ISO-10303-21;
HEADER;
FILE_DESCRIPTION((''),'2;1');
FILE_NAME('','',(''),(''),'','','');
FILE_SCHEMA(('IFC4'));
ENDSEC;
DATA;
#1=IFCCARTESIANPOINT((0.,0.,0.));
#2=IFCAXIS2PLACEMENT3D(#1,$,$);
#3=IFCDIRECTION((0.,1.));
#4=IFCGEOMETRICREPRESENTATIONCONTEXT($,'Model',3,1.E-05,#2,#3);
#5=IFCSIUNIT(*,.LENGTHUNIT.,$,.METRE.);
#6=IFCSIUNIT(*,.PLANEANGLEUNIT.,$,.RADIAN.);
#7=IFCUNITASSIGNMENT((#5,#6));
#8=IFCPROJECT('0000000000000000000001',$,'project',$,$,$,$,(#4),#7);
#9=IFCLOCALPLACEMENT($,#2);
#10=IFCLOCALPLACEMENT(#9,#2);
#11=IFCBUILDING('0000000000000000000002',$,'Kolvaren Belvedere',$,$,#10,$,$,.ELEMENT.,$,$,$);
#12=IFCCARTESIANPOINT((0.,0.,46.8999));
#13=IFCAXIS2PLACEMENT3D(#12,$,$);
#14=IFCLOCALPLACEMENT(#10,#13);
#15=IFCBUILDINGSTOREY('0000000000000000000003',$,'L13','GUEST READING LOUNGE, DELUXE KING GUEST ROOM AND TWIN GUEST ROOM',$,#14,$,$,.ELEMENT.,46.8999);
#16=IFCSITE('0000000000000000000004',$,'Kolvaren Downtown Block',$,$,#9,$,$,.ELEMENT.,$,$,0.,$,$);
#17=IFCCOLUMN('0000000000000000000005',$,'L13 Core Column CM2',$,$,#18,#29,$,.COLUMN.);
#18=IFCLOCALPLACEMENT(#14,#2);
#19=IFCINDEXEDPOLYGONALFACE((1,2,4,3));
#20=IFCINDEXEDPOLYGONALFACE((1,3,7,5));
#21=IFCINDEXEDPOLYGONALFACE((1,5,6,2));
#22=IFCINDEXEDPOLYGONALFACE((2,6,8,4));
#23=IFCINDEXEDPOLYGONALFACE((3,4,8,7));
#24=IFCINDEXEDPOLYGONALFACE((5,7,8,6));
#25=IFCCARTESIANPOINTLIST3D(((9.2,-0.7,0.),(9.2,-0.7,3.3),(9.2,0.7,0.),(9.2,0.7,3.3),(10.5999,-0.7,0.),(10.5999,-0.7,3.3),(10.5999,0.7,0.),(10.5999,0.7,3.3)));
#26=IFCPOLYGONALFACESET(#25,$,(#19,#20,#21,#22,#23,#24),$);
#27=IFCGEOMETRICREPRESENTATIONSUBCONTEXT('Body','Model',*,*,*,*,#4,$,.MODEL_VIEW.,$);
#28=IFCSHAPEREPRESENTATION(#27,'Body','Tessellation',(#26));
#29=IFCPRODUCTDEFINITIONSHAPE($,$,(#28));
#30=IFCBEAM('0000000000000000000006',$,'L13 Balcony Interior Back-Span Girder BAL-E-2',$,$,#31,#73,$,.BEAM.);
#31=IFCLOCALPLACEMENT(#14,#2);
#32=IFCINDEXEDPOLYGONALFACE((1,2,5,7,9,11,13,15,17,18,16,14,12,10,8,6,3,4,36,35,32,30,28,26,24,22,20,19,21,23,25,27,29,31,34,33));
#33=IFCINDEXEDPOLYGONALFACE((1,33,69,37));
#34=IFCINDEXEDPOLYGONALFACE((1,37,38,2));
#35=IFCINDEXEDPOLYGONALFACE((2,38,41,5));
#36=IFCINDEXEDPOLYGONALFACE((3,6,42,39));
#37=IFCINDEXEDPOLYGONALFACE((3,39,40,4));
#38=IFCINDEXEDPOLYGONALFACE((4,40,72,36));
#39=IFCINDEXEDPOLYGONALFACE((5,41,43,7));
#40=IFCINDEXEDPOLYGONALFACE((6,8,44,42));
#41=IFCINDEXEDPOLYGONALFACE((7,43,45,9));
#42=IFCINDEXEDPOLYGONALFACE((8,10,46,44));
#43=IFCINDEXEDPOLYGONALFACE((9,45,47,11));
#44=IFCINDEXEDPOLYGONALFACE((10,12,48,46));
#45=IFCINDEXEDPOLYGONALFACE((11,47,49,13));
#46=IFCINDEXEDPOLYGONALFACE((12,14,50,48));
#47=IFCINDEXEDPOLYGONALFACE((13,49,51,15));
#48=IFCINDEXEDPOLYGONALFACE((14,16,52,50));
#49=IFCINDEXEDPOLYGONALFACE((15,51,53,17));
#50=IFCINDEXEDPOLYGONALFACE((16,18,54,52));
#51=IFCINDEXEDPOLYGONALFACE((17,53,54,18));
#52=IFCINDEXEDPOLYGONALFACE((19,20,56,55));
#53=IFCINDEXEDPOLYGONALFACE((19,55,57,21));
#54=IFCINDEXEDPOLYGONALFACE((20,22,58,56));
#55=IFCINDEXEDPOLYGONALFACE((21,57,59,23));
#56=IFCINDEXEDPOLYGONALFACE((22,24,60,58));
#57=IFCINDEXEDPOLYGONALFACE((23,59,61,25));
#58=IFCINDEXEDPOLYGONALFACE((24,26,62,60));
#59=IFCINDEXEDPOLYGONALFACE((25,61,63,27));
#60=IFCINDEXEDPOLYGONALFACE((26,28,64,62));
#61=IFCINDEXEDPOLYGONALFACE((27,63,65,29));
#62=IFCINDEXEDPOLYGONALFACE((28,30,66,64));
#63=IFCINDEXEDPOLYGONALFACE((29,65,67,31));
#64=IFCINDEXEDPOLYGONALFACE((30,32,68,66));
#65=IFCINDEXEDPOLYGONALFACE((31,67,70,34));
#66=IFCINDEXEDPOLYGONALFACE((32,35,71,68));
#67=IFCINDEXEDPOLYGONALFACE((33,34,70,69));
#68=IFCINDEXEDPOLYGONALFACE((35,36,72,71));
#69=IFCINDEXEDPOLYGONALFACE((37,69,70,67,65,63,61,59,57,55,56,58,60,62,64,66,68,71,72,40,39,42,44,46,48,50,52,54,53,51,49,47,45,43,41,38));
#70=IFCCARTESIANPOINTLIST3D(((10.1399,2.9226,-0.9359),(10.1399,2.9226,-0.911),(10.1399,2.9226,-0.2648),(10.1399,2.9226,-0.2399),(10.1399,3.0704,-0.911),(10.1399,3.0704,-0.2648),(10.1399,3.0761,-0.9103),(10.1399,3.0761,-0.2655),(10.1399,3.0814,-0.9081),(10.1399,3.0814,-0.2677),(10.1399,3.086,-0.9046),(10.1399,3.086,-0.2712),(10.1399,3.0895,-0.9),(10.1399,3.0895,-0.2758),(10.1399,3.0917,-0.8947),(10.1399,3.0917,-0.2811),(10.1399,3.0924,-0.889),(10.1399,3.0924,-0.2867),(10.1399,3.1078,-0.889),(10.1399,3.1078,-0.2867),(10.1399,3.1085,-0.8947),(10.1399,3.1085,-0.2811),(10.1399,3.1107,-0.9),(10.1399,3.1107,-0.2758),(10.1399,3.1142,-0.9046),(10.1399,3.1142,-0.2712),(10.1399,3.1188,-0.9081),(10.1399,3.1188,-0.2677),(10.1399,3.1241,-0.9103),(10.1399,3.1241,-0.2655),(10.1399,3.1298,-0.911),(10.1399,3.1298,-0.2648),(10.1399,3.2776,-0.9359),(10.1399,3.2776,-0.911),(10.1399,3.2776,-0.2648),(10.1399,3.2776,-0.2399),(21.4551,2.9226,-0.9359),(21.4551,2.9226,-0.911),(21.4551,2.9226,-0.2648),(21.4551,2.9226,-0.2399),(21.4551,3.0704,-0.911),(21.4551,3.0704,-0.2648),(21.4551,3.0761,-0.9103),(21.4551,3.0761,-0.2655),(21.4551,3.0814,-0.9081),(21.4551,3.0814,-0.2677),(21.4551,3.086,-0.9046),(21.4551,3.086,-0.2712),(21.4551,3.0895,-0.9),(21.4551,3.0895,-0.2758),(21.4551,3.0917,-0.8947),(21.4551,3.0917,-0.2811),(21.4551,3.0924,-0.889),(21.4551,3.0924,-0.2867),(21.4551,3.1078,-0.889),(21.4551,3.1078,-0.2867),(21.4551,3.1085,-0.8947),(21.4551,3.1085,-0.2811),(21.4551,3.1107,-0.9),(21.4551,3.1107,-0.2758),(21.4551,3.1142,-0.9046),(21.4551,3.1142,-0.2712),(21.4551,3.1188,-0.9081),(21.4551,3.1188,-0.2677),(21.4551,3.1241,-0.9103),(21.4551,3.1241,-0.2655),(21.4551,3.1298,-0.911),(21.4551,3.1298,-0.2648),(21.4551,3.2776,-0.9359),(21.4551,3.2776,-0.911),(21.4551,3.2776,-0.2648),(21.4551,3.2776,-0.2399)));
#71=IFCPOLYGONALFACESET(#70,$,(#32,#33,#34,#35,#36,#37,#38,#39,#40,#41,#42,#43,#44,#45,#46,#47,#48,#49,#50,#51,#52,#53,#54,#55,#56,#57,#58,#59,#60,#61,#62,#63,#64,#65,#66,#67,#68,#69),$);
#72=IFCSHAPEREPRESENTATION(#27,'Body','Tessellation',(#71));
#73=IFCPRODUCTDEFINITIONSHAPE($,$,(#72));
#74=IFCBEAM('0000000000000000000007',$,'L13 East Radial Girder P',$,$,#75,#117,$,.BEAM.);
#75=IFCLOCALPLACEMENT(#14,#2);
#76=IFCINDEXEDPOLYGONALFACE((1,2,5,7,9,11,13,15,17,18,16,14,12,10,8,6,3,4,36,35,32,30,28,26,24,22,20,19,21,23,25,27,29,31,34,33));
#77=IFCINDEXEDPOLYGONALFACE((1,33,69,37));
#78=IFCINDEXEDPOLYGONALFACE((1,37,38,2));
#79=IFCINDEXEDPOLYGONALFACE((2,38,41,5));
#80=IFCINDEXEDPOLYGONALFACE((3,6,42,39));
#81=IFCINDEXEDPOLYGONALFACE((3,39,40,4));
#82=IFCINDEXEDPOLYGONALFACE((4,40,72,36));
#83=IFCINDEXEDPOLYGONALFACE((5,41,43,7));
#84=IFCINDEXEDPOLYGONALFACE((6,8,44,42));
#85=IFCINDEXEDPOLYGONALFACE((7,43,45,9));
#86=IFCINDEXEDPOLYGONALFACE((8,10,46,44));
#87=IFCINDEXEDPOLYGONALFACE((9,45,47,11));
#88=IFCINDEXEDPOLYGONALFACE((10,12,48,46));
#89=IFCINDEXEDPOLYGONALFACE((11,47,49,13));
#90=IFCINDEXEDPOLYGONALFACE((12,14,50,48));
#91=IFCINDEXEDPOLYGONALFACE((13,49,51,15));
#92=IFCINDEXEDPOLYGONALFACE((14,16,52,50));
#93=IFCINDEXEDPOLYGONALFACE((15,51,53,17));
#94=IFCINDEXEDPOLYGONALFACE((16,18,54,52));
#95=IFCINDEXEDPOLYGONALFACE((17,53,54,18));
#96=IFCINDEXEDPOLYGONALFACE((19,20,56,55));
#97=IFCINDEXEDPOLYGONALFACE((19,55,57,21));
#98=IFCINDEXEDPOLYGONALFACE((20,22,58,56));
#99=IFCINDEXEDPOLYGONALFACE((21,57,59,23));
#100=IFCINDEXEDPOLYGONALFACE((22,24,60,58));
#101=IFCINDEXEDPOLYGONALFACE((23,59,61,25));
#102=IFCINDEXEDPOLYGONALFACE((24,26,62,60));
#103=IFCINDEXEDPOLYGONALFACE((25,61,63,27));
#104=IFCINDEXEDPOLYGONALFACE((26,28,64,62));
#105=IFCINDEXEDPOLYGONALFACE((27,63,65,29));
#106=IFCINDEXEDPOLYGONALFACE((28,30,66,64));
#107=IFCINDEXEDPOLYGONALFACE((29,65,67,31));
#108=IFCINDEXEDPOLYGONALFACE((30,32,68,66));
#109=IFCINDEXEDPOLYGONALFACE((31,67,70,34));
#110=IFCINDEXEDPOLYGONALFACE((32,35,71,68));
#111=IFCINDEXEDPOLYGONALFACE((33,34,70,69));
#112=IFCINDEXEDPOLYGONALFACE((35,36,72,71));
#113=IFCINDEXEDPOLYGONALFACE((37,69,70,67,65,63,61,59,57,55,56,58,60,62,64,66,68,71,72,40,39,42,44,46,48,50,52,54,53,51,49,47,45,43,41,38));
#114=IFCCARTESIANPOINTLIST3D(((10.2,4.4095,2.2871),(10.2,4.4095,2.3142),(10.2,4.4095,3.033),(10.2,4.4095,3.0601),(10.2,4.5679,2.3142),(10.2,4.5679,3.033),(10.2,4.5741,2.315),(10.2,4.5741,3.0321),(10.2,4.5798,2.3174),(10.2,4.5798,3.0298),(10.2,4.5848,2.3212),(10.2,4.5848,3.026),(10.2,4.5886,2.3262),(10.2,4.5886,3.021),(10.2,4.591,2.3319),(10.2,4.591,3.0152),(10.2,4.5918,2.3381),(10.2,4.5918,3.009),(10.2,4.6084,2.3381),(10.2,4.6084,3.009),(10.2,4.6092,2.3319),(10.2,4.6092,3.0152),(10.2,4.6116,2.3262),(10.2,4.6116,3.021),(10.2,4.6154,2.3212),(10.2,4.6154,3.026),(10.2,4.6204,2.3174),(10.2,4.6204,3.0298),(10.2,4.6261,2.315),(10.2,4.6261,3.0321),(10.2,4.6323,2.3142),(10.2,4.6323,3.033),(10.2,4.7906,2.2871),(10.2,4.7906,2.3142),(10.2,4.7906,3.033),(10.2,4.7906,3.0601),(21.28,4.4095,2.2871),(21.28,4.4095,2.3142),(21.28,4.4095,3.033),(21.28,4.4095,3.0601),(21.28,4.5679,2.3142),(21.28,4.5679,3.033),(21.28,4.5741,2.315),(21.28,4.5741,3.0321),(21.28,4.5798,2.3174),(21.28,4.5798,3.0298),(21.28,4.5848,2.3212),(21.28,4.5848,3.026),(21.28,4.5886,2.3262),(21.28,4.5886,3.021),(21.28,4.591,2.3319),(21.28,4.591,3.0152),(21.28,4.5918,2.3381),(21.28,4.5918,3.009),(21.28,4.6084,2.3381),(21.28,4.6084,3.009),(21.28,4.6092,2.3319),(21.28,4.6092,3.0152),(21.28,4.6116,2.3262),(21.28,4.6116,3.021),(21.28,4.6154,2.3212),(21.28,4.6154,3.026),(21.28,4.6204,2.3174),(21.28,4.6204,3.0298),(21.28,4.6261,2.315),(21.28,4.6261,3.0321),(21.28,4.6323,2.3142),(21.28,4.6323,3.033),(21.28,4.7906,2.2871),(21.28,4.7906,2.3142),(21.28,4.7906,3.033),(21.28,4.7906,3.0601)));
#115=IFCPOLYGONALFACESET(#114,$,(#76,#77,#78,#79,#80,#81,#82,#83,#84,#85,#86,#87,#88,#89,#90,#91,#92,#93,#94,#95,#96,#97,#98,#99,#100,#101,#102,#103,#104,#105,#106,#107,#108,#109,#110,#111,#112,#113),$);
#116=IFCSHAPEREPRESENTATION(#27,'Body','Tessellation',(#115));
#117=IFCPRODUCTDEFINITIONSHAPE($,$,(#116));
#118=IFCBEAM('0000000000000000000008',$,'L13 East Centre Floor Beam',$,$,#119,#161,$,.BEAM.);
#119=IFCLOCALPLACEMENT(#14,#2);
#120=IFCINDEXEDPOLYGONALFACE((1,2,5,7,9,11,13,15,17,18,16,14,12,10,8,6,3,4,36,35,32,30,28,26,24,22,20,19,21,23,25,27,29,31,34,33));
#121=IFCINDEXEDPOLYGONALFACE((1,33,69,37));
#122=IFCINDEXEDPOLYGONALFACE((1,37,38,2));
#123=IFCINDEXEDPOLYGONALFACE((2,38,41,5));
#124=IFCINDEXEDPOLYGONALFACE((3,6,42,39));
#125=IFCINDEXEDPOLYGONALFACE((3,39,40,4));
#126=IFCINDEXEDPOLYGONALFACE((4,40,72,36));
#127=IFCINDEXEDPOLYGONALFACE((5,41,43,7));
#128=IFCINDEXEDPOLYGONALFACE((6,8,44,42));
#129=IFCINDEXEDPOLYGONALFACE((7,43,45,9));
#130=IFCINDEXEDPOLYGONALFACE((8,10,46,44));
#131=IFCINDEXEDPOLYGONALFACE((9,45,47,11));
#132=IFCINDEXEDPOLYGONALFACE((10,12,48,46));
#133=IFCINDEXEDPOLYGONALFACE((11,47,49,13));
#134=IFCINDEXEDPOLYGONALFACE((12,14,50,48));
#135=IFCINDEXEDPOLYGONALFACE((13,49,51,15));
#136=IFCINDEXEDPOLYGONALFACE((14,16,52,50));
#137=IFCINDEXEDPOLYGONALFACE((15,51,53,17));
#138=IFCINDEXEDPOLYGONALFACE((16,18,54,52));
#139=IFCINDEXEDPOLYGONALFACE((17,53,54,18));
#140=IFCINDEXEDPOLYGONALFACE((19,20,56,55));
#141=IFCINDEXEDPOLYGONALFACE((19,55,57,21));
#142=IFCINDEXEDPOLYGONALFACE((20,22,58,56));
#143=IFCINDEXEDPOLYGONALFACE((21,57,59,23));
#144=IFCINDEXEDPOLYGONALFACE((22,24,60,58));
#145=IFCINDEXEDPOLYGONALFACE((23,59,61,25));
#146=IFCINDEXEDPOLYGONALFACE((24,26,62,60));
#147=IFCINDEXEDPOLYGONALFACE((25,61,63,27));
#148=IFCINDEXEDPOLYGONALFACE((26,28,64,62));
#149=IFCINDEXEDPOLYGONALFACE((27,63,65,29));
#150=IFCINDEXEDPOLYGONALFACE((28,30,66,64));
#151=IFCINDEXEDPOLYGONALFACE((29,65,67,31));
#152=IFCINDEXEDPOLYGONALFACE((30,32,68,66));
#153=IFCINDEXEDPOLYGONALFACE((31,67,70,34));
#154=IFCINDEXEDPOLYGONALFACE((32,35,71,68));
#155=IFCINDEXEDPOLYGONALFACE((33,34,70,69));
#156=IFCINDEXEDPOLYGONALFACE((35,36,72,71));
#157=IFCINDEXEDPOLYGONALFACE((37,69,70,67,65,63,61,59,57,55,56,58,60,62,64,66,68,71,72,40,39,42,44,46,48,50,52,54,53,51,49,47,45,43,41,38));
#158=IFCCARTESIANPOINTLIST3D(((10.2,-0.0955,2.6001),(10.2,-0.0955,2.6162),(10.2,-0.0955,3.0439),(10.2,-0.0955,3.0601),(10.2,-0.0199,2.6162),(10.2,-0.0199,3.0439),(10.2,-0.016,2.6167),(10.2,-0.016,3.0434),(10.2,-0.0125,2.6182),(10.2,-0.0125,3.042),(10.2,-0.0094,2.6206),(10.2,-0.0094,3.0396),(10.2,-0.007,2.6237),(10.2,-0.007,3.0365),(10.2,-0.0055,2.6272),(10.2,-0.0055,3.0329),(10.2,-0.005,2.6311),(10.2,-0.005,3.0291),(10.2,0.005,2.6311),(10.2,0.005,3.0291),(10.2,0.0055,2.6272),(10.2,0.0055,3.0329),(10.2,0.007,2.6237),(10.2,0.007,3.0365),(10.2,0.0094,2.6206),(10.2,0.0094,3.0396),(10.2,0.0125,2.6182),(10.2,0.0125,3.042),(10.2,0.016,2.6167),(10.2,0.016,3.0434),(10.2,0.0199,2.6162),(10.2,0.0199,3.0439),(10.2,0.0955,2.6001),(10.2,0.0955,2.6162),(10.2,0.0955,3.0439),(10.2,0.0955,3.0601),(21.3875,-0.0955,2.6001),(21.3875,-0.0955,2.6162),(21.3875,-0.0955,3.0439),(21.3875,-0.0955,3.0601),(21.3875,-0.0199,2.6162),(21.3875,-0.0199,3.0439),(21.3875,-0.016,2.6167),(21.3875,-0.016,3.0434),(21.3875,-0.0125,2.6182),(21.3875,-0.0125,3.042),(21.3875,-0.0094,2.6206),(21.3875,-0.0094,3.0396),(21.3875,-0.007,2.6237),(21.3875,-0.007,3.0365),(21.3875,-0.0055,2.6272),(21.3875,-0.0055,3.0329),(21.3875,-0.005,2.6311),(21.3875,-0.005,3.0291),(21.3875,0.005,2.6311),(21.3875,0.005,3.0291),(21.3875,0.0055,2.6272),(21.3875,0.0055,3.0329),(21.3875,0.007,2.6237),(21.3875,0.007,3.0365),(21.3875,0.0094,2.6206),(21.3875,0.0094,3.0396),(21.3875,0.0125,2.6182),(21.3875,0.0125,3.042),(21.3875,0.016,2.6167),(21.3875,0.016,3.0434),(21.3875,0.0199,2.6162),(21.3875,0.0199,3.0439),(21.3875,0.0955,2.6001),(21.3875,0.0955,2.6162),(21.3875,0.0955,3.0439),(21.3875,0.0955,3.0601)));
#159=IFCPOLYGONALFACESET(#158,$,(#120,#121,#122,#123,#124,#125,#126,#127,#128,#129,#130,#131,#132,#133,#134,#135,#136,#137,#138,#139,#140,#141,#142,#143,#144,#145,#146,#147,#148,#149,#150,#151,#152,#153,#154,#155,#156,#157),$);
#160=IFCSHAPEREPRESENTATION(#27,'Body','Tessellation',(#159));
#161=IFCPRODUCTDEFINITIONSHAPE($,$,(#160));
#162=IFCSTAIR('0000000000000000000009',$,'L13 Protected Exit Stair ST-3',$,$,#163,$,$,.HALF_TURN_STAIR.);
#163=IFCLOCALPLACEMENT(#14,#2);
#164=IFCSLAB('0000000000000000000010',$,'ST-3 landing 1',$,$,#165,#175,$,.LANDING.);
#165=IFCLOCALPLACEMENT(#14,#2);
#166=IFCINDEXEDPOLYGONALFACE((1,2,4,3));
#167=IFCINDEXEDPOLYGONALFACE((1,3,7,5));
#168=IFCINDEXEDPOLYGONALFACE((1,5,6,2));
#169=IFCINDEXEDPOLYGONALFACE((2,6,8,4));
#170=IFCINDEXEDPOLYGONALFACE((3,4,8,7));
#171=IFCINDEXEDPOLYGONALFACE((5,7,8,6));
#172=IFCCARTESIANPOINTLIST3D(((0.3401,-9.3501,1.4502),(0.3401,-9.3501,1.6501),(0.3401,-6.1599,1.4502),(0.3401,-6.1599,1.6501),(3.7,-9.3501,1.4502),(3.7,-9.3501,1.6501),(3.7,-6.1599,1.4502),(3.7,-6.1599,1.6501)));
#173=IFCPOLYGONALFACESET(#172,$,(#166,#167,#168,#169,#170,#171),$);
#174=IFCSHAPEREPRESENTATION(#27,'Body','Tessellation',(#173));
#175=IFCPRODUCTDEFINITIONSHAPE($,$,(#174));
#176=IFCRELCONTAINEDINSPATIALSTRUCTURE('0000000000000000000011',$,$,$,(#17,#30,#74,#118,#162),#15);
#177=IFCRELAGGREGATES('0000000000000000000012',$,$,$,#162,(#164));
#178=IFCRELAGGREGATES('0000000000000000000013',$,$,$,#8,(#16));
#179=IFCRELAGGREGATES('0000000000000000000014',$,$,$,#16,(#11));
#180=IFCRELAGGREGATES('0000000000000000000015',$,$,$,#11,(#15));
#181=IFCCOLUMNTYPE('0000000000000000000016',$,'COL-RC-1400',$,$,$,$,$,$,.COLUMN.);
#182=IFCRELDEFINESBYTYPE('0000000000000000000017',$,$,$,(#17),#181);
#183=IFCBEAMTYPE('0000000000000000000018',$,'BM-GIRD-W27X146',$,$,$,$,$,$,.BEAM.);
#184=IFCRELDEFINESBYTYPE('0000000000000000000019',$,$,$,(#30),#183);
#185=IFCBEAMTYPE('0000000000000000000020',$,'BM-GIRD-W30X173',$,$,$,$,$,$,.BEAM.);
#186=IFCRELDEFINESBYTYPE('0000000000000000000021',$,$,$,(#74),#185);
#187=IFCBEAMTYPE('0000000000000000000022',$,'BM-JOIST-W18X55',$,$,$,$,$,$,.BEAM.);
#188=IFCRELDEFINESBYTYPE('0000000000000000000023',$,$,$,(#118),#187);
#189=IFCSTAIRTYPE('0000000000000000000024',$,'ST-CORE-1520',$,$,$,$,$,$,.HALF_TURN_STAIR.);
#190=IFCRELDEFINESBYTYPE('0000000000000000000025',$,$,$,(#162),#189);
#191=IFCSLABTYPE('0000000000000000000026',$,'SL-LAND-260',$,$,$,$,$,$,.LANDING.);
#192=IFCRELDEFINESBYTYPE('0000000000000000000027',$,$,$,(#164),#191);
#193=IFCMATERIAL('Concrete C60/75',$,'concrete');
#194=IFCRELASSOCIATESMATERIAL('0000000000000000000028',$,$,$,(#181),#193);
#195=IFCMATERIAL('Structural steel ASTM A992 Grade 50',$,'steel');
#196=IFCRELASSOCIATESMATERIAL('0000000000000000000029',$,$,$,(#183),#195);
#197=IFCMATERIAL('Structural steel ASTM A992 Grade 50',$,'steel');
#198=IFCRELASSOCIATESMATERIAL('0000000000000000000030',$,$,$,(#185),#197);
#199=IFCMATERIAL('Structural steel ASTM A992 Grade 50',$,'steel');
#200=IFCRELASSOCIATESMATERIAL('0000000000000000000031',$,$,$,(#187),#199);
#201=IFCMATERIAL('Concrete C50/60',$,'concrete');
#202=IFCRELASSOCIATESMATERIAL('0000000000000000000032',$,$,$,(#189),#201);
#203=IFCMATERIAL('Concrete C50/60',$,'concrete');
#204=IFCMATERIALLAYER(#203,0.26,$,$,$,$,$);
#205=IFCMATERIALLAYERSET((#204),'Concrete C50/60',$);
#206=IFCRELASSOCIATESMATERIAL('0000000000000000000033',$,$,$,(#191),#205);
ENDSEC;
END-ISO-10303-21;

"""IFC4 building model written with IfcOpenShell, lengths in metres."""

from ifc_helpers import new_model, si_unit, direction, frame, origin, origin_2d, place, context, subcontext, project, spatial, polyline, rectangle, i_section, outline, extrude, material, layer, layer_set, material_profile, profile_set, type_object, element, aggregate, save


model = new_model("IFC4")

# Units and contexts
model_context = context("Model", 3, precision=1e-05, world=origin(), true_north=direction((0.0, 1.0)))
body_context = subcontext(model_context, "Body", "Model", "MODEL_VIEW")
ifc_project = project(units=[si_unit("LENGTHUNIT", "METRE"), si_unit("PLANEANGLEUNIT", "RADIAN")], contexts=[model_context])

# Site, building, storey
site_placement = place(None, origin())
site = spatial("IfcSite", under=ifc_project, at=site_placement, Name="Kolvaren Downtown Block", CompositionType="ELEMENT", RefElevation=0.0)
building_placement = place(site_placement, origin())
building = spatial("IfcBuilding", under=site, at=building_placement, Name="Kolvaren Belvedere", CompositionType="ELEMENT")
storey_placement = place(building_placement, frame((0.0, 0.0, 46.8999)))
storey = spatial("IfcBuildingStorey", under=building, at=storey_placement, Name="L13", Description="GUEST READING LOUNGE, DELUXE KING GUEST ROOM AND TWIN GUEST ROOM", CompositionType="ELEMENT", Elevation=46.8999)

# Column
ifc_material_1 = material(Name="Concrete C60/75", Category="concrete")
ifc_material_profile_1 = material_profile(ifc_material_1, rectangle(XDim=1.3999, YDim=1.3999, at=origin_2d()), Name="RC 1400X1400")
ifc_profile_set_1 = profile_set([ifc_material_profile_1], Name="Concrete C60/75")
column_type = type_object("IfcColumnType", Name="COL-RC-1400", PredefinedType="COLUMN", material=ifc_profile_set_1)
column_placement = place(storey_placement, frame((9.8999, 0.0, 0.0), z_axis=(0.0, 0.0, 1.0), x_axis=(1.0, 0.0, 0.0)))
element("IfcColumn", 1, at=column_placement, inside=storey, type_object=column_type, Name="L13 Core Column CM2", PredefinedType="COLUMN", context=body_context, shape_type="SweptSolid", body=[
    extrude(rectangle(XDim=1.3999, YDim=1.3999, at=origin_2d()), origin(), (0.0, 0.0, 1.0), 3.3),
])

# Beams
ifc_material_2 = material(Name="Structural steel ASTM A992 Grade 50", Category="steel")
ifc_material_profile_2 = material_profile(ifc_material_2, i_section(OverallWidth=0.355, OverallDepth=0.696, WebThickness=0.0154, FlangeThickness=0.0249, FilletRadius=0.022, at=origin_2d()), Name="W27X146")
ifc_profile_set_2 = profile_set([ifc_material_profile_2], Name="Structural steel ASTM A992 Grade 50")
beam_type_1 = type_object("IfcBeamType", Name="BM-GIRD-W27X146", PredefinedType="BEAM", material=ifc_profile_set_2)
beam_1_placement = place(storey_placement, frame((10.1399, 3.1001, -0.5879), z_axis=(1.0, 0.0, 0.0), x_axis=(0.0, 1.0, 0.0)))
element("IfcBeam", 2, at=beam_1_placement, inside=storey, type_object=beam_type_1, Name="L13 Balcony Interior Back-Span Girder BAL-E-2", PredefinedType="BEAM", context=body_context, shape_type="SweptSolid", body=[
    extrude(i_section(OverallWidth=0.355, OverallDepth=0.696, WebThickness=0.0154, FlangeThickness=0.0249, FilletRadius=0.022, at=origin_2d()), origin(), (0.0, 0.0, 1.0), 11.3152),
])
ifc_material_3 = material(Name="Structural steel ASTM A992 Grade 50", Category="steel")
ifc_material_profile_3 = material_profile(ifc_material_3, i_section(OverallWidth=0.3811, OverallDepth=0.7729, WebThickness=0.0166, FlangeThickness=0.0271, FilletRadius=0.0239, at=origin_2d()), Name="W30X173")
ifc_profile_set_3 = profile_set([ifc_material_profile_3], Name="Structural steel ASTM A992 Grade 50")
beam_type_2 = type_object("IfcBeamType", Name="BM-GIRD-W30X173", PredefinedType="BEAM", material=ifc_profile_set_3)
beam_2_placement = place(storey_placement, frame((10.2, 4.6001, 2.6736), z_axis=(1.0, 0.0, 0.0), x_axis=(0.0, 1.0, 0.0)))
element("IfcBeam", 3, at=beam_2_placement, inside=storey, type_object=beam_type_2, Name="L13 East Radial Girder P", PredefinedType="BEAM", context=body_context, shape_type="SweptSolid", body=[
    extrude(i_section(OverallWidth=0.3811, OverallDepth=0.7729, WebThickness=0.0166, FlangeThickness=0.0271, FilletRadius=0.0239, at=origin_2d()), origin(), (0.0, 0.0, 1.0), 11.0801),
])
ifc_material_4 = material(Name="Structural steel ASTM A992 Grade 50", Category="steel")
ifc_material_profile_4 = material_profile(ifc_material_4, i_section(OverallWidth=0.1909, OverallDepth=0.46, WebThickness=0.01, FlangeThickness=0.0161, FilletRadius=0.0149, at=origin_2d()), Name="W18X55")
ifc_profile_set_4 = profile_set([ifc_material_profile_4], Name="Structural steel ASTM A992 Grade 50")
beam_type_3 = type_object("IfcBeamType", Name="BM-JOIST-W18X55", PredefinedType="BEAM", material=ifc_profile_set_4)
beam_3_placement = place(storey_placement, frame((10.2, 0.0, 2.8301), z_axis=(1.0, 0.0, 0.0), x_axis=(0.0, 1.0, 0.0)))
element("IfcBeam", 4, at=beam_3_placement, inside=storey, type_object=beam_type_3, Name="L13 East Centre Floor Beam", PredefinedType="BEAM", context=body_context, shape_type="SweptSolid", body=[
    extrude(i_section(OverallWidth=0.1909, OverallDepth=0.46, WebThickness=0.01, FlangeThickness=0.0161, FilletRadius=0.0149, at=origin_2d()), origin(), (0.0, 0.0, 1.0), 11.1875),
])

# Stair, slab
ifc_material_5 = material(Name="Concrete C50/60", Category="concrete")
stair_type = type_object("IfcStairType", Name="ST-CORE-1520", PredefinedType="HALF_TURN_STAIR", material=ifc_material_5)
stair_1_placement = place(storey_placement, origin())
stair_1 = element("IfcStair", 5, at=stair_1_placement, inside=storey, type_object=stair_type, Name="L13 Protected Exit Stair ST-3", PredefinedType="HALF_TURN_STAIR")
ifc_material_6 = material(Name="Concrete C50/60", Category="concrete")
ifc_layer_1 = layer(ifc_material_6, 0.26)
ifc_layer_set_1 = layer_set([ifc_layer_1], Name="Concrete C50/60")
slab_type = type_object("IfcSlabType", Name="SL-LAND-260", PredefinedType="LANDING", material=ifc_layer_set_1)
slab_placement = place(storey_placement, frame((0.0, 0.0, 1.4502)))
slab = element("IfcSlab", 6, at=slab_placement, type_object=slab_type, Name="ST-3 landing 1", PredefinedType="LANDING", context=body_context, shape_type="SweptSolid", body=[
    extrude(outline(polyline([(0.3401, -9.3501), (3.7, -9.3501), (3.7, -6.1599), (0.3401, -6.1599), (0.3401, -9.3501)])), origin(), (0.0, 0.0, 1.0), 0.2),
])
aggregate(stair_1, [slab])

save(model, "model.ifc")
